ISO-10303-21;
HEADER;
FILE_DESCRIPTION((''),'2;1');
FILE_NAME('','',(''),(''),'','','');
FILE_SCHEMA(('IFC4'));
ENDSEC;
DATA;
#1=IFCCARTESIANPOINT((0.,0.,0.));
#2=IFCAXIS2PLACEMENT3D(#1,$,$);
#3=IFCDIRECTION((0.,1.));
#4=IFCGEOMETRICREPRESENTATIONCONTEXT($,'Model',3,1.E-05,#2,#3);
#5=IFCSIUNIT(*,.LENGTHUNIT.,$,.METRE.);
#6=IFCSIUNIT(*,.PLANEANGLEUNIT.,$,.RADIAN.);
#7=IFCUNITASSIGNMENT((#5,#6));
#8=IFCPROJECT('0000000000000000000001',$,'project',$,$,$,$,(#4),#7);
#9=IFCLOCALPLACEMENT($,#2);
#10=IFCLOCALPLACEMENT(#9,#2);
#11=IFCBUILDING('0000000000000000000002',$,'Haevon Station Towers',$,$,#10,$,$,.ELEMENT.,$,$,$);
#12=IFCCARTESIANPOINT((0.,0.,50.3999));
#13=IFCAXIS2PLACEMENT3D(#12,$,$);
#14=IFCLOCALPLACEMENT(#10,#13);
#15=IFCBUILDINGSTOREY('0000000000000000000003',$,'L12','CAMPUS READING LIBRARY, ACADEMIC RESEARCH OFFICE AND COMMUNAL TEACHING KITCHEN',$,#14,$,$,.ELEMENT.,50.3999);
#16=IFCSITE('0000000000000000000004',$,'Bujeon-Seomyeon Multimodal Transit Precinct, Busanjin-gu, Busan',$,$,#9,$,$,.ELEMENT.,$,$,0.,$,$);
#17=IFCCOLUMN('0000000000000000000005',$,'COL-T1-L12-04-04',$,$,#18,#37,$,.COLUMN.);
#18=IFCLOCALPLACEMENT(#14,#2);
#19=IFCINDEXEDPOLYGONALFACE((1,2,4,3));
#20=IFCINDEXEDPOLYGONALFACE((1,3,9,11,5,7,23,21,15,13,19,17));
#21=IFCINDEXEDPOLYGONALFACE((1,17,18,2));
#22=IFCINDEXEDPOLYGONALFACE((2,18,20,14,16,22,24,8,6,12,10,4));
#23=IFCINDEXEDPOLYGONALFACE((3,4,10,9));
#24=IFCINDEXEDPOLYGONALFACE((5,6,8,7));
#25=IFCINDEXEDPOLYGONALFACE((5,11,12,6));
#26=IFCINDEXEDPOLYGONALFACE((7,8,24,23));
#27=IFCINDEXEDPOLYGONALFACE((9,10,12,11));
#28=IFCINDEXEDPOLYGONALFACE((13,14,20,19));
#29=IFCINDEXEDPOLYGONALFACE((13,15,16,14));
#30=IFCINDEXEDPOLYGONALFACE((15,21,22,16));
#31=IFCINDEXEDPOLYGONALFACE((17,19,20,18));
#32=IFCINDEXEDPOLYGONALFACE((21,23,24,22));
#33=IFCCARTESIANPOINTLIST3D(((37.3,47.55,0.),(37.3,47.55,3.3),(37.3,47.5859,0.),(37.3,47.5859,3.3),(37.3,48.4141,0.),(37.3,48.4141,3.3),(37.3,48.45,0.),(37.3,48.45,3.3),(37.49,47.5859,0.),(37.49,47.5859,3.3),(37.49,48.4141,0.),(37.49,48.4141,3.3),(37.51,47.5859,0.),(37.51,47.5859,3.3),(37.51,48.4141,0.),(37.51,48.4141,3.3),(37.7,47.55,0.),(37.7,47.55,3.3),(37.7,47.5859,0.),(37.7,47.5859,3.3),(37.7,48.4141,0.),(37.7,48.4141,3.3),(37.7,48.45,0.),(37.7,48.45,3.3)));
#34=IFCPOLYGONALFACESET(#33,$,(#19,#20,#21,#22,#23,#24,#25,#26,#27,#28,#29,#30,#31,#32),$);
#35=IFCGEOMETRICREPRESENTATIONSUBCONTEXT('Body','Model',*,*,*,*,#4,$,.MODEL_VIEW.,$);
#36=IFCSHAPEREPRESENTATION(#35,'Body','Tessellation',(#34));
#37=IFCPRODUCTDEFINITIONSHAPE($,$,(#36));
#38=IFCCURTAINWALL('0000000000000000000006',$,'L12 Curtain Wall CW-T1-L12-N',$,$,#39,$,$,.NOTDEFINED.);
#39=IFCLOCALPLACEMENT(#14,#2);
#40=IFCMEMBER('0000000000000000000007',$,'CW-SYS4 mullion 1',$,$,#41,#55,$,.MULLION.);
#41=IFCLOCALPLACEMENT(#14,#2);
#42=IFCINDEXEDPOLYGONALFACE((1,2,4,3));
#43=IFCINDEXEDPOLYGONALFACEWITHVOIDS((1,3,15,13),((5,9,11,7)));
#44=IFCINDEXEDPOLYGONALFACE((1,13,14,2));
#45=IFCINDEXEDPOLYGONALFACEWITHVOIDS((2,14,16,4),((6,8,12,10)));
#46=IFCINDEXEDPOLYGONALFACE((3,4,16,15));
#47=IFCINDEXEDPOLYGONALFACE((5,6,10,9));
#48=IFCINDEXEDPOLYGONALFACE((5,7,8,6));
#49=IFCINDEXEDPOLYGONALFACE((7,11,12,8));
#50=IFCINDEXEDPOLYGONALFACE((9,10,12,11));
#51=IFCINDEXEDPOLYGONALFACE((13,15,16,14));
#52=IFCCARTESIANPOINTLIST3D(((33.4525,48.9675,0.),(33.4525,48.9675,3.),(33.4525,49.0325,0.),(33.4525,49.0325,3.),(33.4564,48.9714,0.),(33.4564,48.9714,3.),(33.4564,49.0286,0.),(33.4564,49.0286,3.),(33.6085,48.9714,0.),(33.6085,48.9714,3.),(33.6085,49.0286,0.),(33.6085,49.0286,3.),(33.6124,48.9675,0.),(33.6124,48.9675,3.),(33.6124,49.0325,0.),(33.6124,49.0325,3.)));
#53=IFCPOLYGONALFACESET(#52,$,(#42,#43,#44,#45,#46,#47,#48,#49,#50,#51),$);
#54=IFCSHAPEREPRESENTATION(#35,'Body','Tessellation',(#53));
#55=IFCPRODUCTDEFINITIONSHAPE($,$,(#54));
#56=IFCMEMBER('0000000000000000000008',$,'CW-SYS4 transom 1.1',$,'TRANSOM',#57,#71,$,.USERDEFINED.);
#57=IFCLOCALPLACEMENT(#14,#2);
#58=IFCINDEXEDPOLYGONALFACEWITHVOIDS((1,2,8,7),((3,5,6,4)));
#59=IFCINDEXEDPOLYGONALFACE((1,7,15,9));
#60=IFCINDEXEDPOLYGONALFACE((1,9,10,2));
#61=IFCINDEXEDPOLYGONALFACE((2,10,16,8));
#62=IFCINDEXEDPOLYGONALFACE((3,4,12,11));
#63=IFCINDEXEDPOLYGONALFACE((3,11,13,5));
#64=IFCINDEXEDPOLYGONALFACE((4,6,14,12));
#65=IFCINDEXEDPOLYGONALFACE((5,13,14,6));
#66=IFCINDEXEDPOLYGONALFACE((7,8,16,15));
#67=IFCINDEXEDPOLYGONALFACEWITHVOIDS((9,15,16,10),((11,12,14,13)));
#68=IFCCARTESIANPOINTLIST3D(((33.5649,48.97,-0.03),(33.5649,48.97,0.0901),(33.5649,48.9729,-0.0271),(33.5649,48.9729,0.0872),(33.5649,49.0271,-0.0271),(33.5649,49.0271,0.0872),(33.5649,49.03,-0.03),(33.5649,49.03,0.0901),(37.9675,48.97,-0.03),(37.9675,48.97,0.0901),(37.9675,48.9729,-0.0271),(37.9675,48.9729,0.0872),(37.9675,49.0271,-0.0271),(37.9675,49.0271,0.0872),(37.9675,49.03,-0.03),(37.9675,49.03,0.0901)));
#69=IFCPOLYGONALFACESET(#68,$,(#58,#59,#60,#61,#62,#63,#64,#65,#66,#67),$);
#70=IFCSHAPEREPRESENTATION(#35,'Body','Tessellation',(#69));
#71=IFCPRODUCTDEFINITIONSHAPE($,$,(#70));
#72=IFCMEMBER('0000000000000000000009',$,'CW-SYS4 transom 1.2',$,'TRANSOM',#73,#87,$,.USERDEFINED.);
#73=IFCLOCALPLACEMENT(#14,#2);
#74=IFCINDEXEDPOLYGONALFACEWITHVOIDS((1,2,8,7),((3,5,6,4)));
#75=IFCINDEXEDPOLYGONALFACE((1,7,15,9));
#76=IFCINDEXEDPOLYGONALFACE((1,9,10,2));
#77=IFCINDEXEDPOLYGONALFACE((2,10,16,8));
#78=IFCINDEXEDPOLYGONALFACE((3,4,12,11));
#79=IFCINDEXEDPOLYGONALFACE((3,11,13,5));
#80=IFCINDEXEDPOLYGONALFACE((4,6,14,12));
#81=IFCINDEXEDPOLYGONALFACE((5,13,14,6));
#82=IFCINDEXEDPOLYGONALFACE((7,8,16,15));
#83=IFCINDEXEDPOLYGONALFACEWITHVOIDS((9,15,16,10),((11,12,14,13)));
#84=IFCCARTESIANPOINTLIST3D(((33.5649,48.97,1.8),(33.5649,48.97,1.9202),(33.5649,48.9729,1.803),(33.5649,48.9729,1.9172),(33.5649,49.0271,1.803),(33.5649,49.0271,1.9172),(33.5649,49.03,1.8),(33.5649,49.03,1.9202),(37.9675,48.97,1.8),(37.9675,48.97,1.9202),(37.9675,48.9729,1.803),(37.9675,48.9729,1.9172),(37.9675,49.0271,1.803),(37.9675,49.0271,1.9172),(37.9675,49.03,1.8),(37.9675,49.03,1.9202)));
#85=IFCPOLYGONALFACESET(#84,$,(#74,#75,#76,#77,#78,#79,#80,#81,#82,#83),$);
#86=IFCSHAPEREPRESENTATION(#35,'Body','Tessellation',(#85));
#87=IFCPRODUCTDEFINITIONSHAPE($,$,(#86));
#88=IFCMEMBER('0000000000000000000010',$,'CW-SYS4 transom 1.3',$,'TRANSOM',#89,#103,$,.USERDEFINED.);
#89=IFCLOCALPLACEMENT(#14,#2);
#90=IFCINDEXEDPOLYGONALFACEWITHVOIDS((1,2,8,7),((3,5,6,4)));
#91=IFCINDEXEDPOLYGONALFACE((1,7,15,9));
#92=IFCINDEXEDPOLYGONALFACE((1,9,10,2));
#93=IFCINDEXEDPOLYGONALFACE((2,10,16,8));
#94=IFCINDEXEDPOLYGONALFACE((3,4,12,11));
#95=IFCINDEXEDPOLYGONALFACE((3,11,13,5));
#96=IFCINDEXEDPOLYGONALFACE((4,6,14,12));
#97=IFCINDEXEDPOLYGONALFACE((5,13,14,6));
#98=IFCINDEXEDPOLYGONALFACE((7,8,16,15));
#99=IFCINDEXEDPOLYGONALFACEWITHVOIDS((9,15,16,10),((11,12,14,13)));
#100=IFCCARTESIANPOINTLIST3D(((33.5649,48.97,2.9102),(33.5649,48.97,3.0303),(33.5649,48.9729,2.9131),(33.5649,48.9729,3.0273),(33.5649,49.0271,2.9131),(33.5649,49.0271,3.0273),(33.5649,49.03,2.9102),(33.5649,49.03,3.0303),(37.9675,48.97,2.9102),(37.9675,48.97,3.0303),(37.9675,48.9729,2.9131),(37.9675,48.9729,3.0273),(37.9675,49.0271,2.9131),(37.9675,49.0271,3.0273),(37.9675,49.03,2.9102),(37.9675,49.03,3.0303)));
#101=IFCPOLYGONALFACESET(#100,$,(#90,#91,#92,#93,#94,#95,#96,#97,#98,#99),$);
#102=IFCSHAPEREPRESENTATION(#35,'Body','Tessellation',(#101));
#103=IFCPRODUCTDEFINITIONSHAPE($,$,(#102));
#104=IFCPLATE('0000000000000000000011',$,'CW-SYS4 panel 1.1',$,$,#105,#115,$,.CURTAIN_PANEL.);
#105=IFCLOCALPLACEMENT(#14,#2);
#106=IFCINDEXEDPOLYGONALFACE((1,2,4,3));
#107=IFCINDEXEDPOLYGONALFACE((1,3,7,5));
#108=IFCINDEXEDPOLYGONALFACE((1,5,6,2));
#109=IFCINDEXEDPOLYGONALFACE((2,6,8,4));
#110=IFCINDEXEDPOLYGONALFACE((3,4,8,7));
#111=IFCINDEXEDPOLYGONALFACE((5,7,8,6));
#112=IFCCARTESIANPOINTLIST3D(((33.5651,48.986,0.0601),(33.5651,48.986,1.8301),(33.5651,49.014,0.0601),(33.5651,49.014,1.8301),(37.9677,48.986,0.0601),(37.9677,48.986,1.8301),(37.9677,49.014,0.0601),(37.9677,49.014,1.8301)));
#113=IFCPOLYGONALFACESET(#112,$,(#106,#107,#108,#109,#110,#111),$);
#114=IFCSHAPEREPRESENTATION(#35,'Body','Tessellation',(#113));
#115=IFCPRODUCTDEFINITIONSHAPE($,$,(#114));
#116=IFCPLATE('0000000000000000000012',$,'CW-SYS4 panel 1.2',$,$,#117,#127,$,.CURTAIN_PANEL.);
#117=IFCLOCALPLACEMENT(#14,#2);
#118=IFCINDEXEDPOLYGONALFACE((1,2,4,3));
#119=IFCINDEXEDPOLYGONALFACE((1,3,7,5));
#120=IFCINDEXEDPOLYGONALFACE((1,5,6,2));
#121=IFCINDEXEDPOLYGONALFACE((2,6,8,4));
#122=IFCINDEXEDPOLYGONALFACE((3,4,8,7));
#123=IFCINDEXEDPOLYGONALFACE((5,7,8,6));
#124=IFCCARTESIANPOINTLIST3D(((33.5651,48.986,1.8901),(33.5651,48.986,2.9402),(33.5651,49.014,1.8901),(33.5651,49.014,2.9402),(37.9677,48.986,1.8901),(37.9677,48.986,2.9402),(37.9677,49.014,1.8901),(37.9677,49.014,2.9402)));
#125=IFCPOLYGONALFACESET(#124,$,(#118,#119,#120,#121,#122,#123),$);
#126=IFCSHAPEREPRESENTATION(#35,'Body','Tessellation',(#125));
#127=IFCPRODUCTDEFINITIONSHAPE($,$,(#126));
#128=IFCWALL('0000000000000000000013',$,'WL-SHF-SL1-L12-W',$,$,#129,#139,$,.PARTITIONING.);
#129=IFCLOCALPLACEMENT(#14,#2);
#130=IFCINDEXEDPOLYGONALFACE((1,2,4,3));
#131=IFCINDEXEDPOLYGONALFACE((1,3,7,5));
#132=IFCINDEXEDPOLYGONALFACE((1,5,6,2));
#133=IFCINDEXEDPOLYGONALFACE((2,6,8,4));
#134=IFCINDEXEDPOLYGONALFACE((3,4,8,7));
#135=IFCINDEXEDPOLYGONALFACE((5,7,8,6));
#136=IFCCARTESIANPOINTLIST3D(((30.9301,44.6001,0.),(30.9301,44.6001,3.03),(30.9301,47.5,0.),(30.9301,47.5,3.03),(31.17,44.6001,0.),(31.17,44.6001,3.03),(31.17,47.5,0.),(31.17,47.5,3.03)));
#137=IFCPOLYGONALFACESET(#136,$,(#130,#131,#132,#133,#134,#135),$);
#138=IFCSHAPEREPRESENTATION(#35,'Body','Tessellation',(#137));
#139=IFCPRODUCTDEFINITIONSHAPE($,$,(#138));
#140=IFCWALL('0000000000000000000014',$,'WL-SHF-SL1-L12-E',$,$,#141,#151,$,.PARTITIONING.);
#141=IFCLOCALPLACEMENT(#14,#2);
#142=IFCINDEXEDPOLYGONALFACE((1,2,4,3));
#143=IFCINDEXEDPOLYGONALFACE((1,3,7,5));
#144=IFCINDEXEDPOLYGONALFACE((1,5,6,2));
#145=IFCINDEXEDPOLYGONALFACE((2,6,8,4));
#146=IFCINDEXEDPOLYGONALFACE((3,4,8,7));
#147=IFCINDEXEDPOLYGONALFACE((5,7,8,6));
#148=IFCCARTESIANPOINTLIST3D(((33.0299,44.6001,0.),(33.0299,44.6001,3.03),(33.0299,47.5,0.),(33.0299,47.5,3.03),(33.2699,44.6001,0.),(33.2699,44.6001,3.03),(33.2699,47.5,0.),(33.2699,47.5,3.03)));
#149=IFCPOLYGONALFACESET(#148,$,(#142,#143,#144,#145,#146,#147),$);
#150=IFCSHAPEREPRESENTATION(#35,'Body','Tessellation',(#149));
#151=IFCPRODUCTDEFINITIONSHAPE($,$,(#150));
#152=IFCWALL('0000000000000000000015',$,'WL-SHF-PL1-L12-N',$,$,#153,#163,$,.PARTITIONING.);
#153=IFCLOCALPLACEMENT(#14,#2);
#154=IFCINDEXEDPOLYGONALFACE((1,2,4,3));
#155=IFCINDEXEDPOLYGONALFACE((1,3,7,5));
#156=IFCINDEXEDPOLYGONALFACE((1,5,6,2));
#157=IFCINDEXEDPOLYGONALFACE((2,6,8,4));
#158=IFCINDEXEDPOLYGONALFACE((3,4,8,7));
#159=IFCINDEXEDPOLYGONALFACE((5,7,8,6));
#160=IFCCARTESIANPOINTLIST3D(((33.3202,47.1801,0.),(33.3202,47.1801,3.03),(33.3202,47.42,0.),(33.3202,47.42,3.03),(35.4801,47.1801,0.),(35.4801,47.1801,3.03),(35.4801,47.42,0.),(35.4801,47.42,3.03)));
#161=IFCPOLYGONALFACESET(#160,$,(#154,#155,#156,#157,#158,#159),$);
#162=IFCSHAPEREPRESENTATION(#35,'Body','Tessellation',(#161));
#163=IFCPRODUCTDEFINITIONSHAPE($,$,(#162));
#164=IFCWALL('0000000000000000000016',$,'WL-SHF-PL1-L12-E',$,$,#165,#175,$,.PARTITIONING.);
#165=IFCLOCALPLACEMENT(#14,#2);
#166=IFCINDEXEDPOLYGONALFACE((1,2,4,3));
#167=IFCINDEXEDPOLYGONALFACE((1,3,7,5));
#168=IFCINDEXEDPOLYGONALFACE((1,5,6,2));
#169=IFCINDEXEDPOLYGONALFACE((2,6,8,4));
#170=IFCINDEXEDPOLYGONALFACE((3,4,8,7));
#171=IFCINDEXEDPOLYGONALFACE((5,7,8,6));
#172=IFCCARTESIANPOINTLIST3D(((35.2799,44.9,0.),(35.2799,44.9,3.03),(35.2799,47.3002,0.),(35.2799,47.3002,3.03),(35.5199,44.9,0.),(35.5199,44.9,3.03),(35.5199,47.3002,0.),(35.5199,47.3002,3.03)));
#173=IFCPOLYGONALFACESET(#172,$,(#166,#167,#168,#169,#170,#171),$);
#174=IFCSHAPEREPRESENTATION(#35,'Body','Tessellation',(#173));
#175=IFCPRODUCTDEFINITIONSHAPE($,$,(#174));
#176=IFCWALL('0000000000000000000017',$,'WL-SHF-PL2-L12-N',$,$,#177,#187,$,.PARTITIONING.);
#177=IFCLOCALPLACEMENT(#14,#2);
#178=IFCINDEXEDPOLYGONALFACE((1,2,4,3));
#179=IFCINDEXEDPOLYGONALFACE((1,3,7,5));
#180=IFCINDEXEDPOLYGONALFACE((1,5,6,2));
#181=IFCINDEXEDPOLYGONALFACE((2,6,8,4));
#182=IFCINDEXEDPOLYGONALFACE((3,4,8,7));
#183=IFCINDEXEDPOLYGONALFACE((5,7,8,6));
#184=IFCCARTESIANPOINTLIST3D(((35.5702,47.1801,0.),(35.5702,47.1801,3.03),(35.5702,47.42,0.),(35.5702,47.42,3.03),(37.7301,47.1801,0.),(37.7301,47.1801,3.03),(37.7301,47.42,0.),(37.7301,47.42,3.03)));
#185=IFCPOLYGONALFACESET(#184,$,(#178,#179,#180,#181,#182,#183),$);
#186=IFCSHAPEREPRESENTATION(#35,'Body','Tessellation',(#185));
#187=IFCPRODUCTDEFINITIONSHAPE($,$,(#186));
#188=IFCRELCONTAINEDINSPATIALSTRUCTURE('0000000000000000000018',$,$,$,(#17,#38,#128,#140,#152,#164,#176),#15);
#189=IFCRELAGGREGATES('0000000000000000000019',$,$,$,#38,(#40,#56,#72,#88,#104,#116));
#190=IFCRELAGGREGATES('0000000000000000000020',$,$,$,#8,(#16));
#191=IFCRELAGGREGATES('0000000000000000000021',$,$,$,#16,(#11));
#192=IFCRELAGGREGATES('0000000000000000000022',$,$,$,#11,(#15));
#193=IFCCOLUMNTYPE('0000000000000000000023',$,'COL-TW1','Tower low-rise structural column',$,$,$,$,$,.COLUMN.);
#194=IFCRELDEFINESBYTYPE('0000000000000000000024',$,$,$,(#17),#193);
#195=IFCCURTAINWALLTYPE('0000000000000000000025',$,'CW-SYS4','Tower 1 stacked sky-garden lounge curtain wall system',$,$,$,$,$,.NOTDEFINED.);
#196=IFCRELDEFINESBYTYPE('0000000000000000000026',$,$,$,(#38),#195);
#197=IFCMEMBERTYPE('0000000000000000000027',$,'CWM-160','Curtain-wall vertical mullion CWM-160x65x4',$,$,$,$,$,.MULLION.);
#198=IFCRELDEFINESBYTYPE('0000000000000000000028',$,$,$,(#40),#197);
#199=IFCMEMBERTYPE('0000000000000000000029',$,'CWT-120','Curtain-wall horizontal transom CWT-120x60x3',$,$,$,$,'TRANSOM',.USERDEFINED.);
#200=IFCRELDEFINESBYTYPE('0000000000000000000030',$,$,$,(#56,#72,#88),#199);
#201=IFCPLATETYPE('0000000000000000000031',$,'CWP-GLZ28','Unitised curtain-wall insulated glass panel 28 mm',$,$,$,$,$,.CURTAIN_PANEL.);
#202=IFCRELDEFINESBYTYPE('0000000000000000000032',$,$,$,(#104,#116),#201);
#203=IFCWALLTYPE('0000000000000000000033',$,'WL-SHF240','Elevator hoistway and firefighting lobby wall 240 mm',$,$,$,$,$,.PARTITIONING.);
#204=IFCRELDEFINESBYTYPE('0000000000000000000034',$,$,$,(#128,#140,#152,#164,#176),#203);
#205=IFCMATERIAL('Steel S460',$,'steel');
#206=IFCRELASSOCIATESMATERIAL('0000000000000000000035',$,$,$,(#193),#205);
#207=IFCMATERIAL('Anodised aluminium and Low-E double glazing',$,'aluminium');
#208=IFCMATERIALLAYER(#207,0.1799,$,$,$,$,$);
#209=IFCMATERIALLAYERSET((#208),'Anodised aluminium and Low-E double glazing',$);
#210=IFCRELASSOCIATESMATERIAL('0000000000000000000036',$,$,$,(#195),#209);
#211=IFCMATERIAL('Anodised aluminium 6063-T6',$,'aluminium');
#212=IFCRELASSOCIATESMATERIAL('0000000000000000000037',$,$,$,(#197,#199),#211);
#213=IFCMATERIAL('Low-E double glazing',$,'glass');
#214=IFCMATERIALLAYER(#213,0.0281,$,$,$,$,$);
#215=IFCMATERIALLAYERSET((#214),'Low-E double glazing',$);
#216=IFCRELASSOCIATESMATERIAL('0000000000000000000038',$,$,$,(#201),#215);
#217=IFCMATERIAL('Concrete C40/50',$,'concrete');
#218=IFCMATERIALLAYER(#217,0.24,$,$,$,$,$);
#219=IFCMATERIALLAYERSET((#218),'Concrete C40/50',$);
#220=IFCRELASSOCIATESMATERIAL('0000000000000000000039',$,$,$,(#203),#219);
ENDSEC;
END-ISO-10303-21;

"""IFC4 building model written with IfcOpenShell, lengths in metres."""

from ifc_helpers import new_model, si_unit, direction, frame, frame_2d, origin, origin_2d, place, context, subcontext, project, spatial, rectangle, hollow_rectangle, i_section, extrude, material, layer, layer_set, material_profile, profile_set, type_object, element, aggregate, save


model = new_model("IFC4")

# Units and contexts
model_context = context("Model", 3, precision=1e-05, world=origin(), true_north=direction((0.0, 1.0)))
body_context = subcontext(model_context, "Body", "Model", "MODEL_VIEW")
ifc_project = project(units=[si_unit("LENGTHUNIT", "METRE"), si_unit("PLANEANGLEUNIT", "RADIAN")], contexts=[model_context])

# Site, building, storey
site_placement = place(None, origin())
site = spatial("IfcSite", under=ifc_project, at=site_placement, Name="Bujeon-Seomyeon Multimodal Transit Precinct, Busanjin-gu, Busan", CompositionType="ELEMENT", RefElevation=0.0)
building_placement = place(site_placement, origin())
building = spatial("IfcBuilding", under=site, at=building_placement, Name="Haevon Station Towers", CompositionType="ELEMENT")
storey_placement = place(building_placement, frame((0.0, 0.0, 50.3999)))
storey = spatial("IfcBuildingStorey", under=building, at=storey_placement, Name="L12", Description="CAMPUS READING LIBRARY, ACADEMIC RESEARCH OFFICE AND COMMUNAL TEACHING KITCHEN", CompositionType="ELEMENT", Elevation=50.3999)

# Column
ifc_material_1 = material(Name="Steel S460", Category="steel")
ifc_material_profile_1 = material_profile(ifc_material_1, i_section(OverallWidth=0.3999, OverallDepth=0.8999, WebThickness=0.02, FlangeThickness=0.0359, at=origin_2d()), Name="H-900x400x20x36")
ifc_profile_set_1 = profile_set([ifc_material_profile_1], Name="Steel S460")
column_type = type_object("IfcColumnType", Name="COL-TW1", Description="Tower low-rise structural column", PredefinedType="COLUMN", material=ifc_profile_set_1)
column_placement = place(storey_placement, frame((37.5, 48.0, 0.0), z_axis=(0.0, 0.0, 1.0), x_axis=(1.0, 0.0, 0.0)))
element("IfcColumn", 1, at=column_placement, inside=storey, type_object=column_type, Name="COL-T1-L12-04-04", PredefinedType="COLUMN", context=body_context, shape_type="SweptSolid", body=[
    extrude(i_section(OverallWidth=0.3999, OverallDepth=0.8999, WebThickness=0.02, FlangeThickness=0.0359, at=origin_2d()), origin(), (0.0, 0.0, 1.0), 3.3),
])

# Curtain wall, members, plates
ifc_material_2 = material(Name="Anodised aluminium and Low-E double glazing", Category="aluminium")
ifc_layer_1 = layer(ifc_material_2, 0.1799)
ifc_layer_set_1 = layer_set([ifc_layer_1], Name="Anodised aluminium and Low-E double glazing")
curtain_wall_type = type_object("IfcCurtainWallType", Name="CW-SYS4", Description="Tower 1 stacked sky-garden lounge curtain wall system", PredefinedType="NOTDEFINED", material=ifc_layer_set_1)
curtain_wall_placement = place(storey_placement, origin())
curtain_wall = element("IfcCurtainWall", 2, at=curtain_wall_placement, inside=storey, type_object=curtain_wall_type, Name="L12 Curtain Wall CW-T1-L12-N", PredefinedType="NOTDEFINED")
ifc_material_3 = material(Name="Anodised aluminium 6063-T6", Category="aluminium")
ifc_material_profile_2 = material_profile(ifc_material_3, hollow_rectangle(XDim=0.0649, YDim=0.1599, WallThickness=0.0039, at=origin_2d()), Name="CWM-160x65x4")
ifc_profile_set_2 = profile_set([ifc_material_profile_2], Name="Anodised aluminium 6063-T6")
member_type_1 = type_object("IfcMemberType", Name="CWM-160", Description="Curtain-wall vertical mullion CWM-160x65x4", PredefinedType="MULLION", material=ifc_profile_set_2)
member_1_placement = place(storey_placement, frame((33.5325, 49.0, 0.0), z_axis=(0.0, 0.0, 1.0), x_axis=(0.0, 1.0, 0.0)))
member_1 = element("IfcMember", 3, at=member_1_placement, type_object=member_type_1, Name="CW-SYS4 mullion 1", PredefinedType="MULLION", context=body_context, shape_type="SweptSolid", body=[
    extrude(hollow_rectangle(XDim=0.0649, YDim=0.1599, WallThickness=0.0039, at=origin_2d()), origin(), (0.0, 0.0, 1.0), 3.0),
])
ifc_material_profile_3 = material_profile(ifc_material_3, hollow_rectangle(XDim=0.0601, YDim=0.1201, WallThickness=0.0029, at=origin_2d()), Name="CWT-120x60x3")
ifc_profile_set_3 = profile_set([ifc_material_profile_3], Name="Anodised aluminium 6063-T6")
member_type_2 = type_object("IfcMemberType", Name="CWT-120", Description="Curtain-wall horizontal transom CWT-120x60x3", ElementType="TRANSOM", PredefinedType="USERDEFINED", material=ifc_profile_set_3)
member_2_placement = place(storey_placement, frame((33.5649, 49.0, 0.03), z_axis=(1.0, 0.0, 0.0), x_axis=(0.0, 1.0, 0.0)))
member_2 = element("IfcMember", 4, at=member_2_placement, type_object=member_type_2, Name="CW-SYS4 transom 1.1", ObjectType="TRANSOM", PredefinedType="USERDEFINED", context=body_context, shape_type="SweptSolid", body=[
    extrude(hollow_rectangle(XDim=0.0601, YDim=0.1201, WallThickness=0.0029, at=origin_2d()), origin(), (0.0, 0.0, 1.0), 4.4026),
])
member_3_placement = place(storey_placement, frame((33.5649, 49.0, 1.8601), z_axis=(1.0, 0.0, 0.0), x_axis=(0.0, 1.0, 0.0)))
member_3 = element("IfcMember", 5, at=member_3_placement, type_object=member_type_2, Name="CW-SYS4 transom 1.2", ObjectType="TRANSOM", PredefinedType="USERDEFINED", context=body_context, shape_type="SweptSolid", body=[
    extrude(hollow_rectangle(XDim=0.0601, YDim=0.1201, WallThickness=0.0029, at=origin_2d()), origin(), (0.0, 0.0, 1.0), 4.4026),
])
member_4_placement = place(storey_placement, frame((33.5649, 49.0, 2.9702), z_axis=(1.0, 0.0, 0.0), x_axis=(0.0, 1.0, 0.0)))
member_4 = element("IfcMember", 6, at=member_4_placement, type_object=member_type_2, Name="CW-SYS4 transom 1.3", ObjectType="TRANSOM", PredefinedType="USERDEFINED", context=body_context, shape_type="SweptSolid", body=[
    extrude(hollow_rectangle(XDim=0.0601, YDim=0.1201, WallThickness=0.0029, at=origin_2d()), origin(), (0.0, 0.0, 1.0), 4.4026),
])
ifc_material_4 = material(Name="Low-E double glazing", Category="glass")
ifc_layer_2 = layer(ifc_material_4, 0.0281)
ifc_layer_set_2 = layer_set([ifc_layer_2], Name="Low-E double glazing")
plate_type = type_object("IfcPlateType", Name="CWP-GLZ28", Description="Unitised curtain-wall insulated glass panel 28 mm", PredefinedType="CURTAIN_PANEL", material=ifc_layer_set_2)
plate_1_placement = place(storey_placement, frame((35.7664, 49.0, 0.0601), z_axis=(0.0, 0.0, 1.0), x_axis=(1.0, 0.0, 0.0)))
plate_1 = element("IfcPlate", 7, at=plate_1_placement, type_object=plate_type, Name="CW-SYS4 panel 1.1", PredefinedType="CURTAIN_PANEL", context=body_context, shape_type="SweptSolid", body=[
    extrude(rectangle(XDim=4.4026, YDim=0.0281, at=origin_2d()), origin(), (0.0, 0.0, 1.0), 1.77),
])
plate_2_placement = place(storey_placement, frame((35.7664, 49.0, 1.8901), z_axis=(0.0, 0.0, 1.0), x_axis=(1.0, 0.0, 0.0)))
plate_2 = element("IfcPlate", 8, at=plate_2_placement, type_object=plate_type, Name="CW-SYS4 panel 1.2", PredefinedType="CURTAIN_PANEL", context=body_context, shape_type="SweptSolid", body=[
    extrude(rectangle(XDim=4.4026, YDim=0.0281, at=origin_2d()), origin(), (0.0, 0.0, 1.0), 1.05),
])
aggregate(curtain_wall, [member_1, member_2, member_3, member_4, plate_1, plate_2])

# Walls
ifc_material_5 = material(Name="Concrete C40/50", Category="concrete")
ifc_layer_3 = layer(ifc_material_5, 0.24)
ifc_layer_set_3 = layer_set([ifc_layer_3], Name="Concrete C40/50")
wall_type = type_object("IfcWallType", Name="WL-SHF240", Description="Elevator hoistway and firefighting lobby wall 240 mm", PredefinedType="PARTITIONING", material=ifc_layer_set_3)
for number, where, z_axis, x_axis, name in (
    (9, (31.05, 44.6001, 0.0), (0.0, 0.0, 1.0), (0.0, 1.0, 0.0), "WL-SHF-SL1-L12-W"),
    (10, (33.1499, 44.6001, 0.0), (0.0, 0.0, 1.0), (0.0, 1.0, 0.0), "WL-SHF-SL1-L12-E"),
):
    element("IfcWall", number, at=place(storey_placement, frame(where, z_axis=z_axis, x_axis=x_axis)), inside=storey, type_object=wall_type, Name=name, PredefinedType="PARTITIONING", context=body_context, shape_type="SweptSolid", body=[
        extrude(rectangle(XDim=2.8999, YDim=0.24, at=frame_2d((1.45, 0.0))), origin(), (0.0, 0.0, 1.0), 3.03),
    ])

# Walls
wall_1_placement = place(storey_placement, frame((33.3201, 47.3, 0.0), z_axis=(0.0, 0.0, 1.0), x_axis=(1.0, 0.0, 0.0)))
element("IfcWall", 11, at=wall_1_placement, inside=storey, type_object=wall_type, Name="WL-SHF-PL1-L12-N", PredefinedType="PARTITIONING", context=body_context, shape_type="SweptSolid", body=[
    extrude(rectangle(XDim=2.1599, YDim=0.24, at=frame_2d((1.0801, 0.0))), origin(), (0.0, 0.0, 1.0), 3.03),
])
wall_2_placement = place(storey_placement, frame((35.3999, 44.8999, 0.0), z_axis=(0.0, 0.0, 1.0), x_axis=(0.0, 1.0, 0.0)))
element("IfcWall", 12, at=wall_2_placement, inside=storey, type_object=wall_type, Name="WL-SHF-PL1-L12-E", PredefinedType="PARTITIONING", context=body_context, shape_type="SweptSolid", body=[
    extrude(rectangle(XDim=2.4001, YDim=0.24, at=frame_2d((1.2002, 0.0))), origin(), (0.0, 0.0, 1.0), 3.03),
])

# Wall
wall_3_placement = place(storey_placement, frame((35.5701, 47.3, 0.0), z_axis=(0.0, 0.0, 1.0), x_axis=(1.0, 0.0, 0.0)))
element("IfcWall", 13, at=wall_3_placement, inside=storey, type_object=wall_type, Name="WL-SHF-PL2-L12-N", PredefinedType="PARTITIONING", context=body_context, shape_type="SweptSolid", body=[
    extrude(rectangle(XDim=2.1599, YDim=0.24, at=frame_2d((1.0801, 0.0))), origin(), (0.0, 0.0, 1.0), 3.03),
])

save(model, "model.ifc")
